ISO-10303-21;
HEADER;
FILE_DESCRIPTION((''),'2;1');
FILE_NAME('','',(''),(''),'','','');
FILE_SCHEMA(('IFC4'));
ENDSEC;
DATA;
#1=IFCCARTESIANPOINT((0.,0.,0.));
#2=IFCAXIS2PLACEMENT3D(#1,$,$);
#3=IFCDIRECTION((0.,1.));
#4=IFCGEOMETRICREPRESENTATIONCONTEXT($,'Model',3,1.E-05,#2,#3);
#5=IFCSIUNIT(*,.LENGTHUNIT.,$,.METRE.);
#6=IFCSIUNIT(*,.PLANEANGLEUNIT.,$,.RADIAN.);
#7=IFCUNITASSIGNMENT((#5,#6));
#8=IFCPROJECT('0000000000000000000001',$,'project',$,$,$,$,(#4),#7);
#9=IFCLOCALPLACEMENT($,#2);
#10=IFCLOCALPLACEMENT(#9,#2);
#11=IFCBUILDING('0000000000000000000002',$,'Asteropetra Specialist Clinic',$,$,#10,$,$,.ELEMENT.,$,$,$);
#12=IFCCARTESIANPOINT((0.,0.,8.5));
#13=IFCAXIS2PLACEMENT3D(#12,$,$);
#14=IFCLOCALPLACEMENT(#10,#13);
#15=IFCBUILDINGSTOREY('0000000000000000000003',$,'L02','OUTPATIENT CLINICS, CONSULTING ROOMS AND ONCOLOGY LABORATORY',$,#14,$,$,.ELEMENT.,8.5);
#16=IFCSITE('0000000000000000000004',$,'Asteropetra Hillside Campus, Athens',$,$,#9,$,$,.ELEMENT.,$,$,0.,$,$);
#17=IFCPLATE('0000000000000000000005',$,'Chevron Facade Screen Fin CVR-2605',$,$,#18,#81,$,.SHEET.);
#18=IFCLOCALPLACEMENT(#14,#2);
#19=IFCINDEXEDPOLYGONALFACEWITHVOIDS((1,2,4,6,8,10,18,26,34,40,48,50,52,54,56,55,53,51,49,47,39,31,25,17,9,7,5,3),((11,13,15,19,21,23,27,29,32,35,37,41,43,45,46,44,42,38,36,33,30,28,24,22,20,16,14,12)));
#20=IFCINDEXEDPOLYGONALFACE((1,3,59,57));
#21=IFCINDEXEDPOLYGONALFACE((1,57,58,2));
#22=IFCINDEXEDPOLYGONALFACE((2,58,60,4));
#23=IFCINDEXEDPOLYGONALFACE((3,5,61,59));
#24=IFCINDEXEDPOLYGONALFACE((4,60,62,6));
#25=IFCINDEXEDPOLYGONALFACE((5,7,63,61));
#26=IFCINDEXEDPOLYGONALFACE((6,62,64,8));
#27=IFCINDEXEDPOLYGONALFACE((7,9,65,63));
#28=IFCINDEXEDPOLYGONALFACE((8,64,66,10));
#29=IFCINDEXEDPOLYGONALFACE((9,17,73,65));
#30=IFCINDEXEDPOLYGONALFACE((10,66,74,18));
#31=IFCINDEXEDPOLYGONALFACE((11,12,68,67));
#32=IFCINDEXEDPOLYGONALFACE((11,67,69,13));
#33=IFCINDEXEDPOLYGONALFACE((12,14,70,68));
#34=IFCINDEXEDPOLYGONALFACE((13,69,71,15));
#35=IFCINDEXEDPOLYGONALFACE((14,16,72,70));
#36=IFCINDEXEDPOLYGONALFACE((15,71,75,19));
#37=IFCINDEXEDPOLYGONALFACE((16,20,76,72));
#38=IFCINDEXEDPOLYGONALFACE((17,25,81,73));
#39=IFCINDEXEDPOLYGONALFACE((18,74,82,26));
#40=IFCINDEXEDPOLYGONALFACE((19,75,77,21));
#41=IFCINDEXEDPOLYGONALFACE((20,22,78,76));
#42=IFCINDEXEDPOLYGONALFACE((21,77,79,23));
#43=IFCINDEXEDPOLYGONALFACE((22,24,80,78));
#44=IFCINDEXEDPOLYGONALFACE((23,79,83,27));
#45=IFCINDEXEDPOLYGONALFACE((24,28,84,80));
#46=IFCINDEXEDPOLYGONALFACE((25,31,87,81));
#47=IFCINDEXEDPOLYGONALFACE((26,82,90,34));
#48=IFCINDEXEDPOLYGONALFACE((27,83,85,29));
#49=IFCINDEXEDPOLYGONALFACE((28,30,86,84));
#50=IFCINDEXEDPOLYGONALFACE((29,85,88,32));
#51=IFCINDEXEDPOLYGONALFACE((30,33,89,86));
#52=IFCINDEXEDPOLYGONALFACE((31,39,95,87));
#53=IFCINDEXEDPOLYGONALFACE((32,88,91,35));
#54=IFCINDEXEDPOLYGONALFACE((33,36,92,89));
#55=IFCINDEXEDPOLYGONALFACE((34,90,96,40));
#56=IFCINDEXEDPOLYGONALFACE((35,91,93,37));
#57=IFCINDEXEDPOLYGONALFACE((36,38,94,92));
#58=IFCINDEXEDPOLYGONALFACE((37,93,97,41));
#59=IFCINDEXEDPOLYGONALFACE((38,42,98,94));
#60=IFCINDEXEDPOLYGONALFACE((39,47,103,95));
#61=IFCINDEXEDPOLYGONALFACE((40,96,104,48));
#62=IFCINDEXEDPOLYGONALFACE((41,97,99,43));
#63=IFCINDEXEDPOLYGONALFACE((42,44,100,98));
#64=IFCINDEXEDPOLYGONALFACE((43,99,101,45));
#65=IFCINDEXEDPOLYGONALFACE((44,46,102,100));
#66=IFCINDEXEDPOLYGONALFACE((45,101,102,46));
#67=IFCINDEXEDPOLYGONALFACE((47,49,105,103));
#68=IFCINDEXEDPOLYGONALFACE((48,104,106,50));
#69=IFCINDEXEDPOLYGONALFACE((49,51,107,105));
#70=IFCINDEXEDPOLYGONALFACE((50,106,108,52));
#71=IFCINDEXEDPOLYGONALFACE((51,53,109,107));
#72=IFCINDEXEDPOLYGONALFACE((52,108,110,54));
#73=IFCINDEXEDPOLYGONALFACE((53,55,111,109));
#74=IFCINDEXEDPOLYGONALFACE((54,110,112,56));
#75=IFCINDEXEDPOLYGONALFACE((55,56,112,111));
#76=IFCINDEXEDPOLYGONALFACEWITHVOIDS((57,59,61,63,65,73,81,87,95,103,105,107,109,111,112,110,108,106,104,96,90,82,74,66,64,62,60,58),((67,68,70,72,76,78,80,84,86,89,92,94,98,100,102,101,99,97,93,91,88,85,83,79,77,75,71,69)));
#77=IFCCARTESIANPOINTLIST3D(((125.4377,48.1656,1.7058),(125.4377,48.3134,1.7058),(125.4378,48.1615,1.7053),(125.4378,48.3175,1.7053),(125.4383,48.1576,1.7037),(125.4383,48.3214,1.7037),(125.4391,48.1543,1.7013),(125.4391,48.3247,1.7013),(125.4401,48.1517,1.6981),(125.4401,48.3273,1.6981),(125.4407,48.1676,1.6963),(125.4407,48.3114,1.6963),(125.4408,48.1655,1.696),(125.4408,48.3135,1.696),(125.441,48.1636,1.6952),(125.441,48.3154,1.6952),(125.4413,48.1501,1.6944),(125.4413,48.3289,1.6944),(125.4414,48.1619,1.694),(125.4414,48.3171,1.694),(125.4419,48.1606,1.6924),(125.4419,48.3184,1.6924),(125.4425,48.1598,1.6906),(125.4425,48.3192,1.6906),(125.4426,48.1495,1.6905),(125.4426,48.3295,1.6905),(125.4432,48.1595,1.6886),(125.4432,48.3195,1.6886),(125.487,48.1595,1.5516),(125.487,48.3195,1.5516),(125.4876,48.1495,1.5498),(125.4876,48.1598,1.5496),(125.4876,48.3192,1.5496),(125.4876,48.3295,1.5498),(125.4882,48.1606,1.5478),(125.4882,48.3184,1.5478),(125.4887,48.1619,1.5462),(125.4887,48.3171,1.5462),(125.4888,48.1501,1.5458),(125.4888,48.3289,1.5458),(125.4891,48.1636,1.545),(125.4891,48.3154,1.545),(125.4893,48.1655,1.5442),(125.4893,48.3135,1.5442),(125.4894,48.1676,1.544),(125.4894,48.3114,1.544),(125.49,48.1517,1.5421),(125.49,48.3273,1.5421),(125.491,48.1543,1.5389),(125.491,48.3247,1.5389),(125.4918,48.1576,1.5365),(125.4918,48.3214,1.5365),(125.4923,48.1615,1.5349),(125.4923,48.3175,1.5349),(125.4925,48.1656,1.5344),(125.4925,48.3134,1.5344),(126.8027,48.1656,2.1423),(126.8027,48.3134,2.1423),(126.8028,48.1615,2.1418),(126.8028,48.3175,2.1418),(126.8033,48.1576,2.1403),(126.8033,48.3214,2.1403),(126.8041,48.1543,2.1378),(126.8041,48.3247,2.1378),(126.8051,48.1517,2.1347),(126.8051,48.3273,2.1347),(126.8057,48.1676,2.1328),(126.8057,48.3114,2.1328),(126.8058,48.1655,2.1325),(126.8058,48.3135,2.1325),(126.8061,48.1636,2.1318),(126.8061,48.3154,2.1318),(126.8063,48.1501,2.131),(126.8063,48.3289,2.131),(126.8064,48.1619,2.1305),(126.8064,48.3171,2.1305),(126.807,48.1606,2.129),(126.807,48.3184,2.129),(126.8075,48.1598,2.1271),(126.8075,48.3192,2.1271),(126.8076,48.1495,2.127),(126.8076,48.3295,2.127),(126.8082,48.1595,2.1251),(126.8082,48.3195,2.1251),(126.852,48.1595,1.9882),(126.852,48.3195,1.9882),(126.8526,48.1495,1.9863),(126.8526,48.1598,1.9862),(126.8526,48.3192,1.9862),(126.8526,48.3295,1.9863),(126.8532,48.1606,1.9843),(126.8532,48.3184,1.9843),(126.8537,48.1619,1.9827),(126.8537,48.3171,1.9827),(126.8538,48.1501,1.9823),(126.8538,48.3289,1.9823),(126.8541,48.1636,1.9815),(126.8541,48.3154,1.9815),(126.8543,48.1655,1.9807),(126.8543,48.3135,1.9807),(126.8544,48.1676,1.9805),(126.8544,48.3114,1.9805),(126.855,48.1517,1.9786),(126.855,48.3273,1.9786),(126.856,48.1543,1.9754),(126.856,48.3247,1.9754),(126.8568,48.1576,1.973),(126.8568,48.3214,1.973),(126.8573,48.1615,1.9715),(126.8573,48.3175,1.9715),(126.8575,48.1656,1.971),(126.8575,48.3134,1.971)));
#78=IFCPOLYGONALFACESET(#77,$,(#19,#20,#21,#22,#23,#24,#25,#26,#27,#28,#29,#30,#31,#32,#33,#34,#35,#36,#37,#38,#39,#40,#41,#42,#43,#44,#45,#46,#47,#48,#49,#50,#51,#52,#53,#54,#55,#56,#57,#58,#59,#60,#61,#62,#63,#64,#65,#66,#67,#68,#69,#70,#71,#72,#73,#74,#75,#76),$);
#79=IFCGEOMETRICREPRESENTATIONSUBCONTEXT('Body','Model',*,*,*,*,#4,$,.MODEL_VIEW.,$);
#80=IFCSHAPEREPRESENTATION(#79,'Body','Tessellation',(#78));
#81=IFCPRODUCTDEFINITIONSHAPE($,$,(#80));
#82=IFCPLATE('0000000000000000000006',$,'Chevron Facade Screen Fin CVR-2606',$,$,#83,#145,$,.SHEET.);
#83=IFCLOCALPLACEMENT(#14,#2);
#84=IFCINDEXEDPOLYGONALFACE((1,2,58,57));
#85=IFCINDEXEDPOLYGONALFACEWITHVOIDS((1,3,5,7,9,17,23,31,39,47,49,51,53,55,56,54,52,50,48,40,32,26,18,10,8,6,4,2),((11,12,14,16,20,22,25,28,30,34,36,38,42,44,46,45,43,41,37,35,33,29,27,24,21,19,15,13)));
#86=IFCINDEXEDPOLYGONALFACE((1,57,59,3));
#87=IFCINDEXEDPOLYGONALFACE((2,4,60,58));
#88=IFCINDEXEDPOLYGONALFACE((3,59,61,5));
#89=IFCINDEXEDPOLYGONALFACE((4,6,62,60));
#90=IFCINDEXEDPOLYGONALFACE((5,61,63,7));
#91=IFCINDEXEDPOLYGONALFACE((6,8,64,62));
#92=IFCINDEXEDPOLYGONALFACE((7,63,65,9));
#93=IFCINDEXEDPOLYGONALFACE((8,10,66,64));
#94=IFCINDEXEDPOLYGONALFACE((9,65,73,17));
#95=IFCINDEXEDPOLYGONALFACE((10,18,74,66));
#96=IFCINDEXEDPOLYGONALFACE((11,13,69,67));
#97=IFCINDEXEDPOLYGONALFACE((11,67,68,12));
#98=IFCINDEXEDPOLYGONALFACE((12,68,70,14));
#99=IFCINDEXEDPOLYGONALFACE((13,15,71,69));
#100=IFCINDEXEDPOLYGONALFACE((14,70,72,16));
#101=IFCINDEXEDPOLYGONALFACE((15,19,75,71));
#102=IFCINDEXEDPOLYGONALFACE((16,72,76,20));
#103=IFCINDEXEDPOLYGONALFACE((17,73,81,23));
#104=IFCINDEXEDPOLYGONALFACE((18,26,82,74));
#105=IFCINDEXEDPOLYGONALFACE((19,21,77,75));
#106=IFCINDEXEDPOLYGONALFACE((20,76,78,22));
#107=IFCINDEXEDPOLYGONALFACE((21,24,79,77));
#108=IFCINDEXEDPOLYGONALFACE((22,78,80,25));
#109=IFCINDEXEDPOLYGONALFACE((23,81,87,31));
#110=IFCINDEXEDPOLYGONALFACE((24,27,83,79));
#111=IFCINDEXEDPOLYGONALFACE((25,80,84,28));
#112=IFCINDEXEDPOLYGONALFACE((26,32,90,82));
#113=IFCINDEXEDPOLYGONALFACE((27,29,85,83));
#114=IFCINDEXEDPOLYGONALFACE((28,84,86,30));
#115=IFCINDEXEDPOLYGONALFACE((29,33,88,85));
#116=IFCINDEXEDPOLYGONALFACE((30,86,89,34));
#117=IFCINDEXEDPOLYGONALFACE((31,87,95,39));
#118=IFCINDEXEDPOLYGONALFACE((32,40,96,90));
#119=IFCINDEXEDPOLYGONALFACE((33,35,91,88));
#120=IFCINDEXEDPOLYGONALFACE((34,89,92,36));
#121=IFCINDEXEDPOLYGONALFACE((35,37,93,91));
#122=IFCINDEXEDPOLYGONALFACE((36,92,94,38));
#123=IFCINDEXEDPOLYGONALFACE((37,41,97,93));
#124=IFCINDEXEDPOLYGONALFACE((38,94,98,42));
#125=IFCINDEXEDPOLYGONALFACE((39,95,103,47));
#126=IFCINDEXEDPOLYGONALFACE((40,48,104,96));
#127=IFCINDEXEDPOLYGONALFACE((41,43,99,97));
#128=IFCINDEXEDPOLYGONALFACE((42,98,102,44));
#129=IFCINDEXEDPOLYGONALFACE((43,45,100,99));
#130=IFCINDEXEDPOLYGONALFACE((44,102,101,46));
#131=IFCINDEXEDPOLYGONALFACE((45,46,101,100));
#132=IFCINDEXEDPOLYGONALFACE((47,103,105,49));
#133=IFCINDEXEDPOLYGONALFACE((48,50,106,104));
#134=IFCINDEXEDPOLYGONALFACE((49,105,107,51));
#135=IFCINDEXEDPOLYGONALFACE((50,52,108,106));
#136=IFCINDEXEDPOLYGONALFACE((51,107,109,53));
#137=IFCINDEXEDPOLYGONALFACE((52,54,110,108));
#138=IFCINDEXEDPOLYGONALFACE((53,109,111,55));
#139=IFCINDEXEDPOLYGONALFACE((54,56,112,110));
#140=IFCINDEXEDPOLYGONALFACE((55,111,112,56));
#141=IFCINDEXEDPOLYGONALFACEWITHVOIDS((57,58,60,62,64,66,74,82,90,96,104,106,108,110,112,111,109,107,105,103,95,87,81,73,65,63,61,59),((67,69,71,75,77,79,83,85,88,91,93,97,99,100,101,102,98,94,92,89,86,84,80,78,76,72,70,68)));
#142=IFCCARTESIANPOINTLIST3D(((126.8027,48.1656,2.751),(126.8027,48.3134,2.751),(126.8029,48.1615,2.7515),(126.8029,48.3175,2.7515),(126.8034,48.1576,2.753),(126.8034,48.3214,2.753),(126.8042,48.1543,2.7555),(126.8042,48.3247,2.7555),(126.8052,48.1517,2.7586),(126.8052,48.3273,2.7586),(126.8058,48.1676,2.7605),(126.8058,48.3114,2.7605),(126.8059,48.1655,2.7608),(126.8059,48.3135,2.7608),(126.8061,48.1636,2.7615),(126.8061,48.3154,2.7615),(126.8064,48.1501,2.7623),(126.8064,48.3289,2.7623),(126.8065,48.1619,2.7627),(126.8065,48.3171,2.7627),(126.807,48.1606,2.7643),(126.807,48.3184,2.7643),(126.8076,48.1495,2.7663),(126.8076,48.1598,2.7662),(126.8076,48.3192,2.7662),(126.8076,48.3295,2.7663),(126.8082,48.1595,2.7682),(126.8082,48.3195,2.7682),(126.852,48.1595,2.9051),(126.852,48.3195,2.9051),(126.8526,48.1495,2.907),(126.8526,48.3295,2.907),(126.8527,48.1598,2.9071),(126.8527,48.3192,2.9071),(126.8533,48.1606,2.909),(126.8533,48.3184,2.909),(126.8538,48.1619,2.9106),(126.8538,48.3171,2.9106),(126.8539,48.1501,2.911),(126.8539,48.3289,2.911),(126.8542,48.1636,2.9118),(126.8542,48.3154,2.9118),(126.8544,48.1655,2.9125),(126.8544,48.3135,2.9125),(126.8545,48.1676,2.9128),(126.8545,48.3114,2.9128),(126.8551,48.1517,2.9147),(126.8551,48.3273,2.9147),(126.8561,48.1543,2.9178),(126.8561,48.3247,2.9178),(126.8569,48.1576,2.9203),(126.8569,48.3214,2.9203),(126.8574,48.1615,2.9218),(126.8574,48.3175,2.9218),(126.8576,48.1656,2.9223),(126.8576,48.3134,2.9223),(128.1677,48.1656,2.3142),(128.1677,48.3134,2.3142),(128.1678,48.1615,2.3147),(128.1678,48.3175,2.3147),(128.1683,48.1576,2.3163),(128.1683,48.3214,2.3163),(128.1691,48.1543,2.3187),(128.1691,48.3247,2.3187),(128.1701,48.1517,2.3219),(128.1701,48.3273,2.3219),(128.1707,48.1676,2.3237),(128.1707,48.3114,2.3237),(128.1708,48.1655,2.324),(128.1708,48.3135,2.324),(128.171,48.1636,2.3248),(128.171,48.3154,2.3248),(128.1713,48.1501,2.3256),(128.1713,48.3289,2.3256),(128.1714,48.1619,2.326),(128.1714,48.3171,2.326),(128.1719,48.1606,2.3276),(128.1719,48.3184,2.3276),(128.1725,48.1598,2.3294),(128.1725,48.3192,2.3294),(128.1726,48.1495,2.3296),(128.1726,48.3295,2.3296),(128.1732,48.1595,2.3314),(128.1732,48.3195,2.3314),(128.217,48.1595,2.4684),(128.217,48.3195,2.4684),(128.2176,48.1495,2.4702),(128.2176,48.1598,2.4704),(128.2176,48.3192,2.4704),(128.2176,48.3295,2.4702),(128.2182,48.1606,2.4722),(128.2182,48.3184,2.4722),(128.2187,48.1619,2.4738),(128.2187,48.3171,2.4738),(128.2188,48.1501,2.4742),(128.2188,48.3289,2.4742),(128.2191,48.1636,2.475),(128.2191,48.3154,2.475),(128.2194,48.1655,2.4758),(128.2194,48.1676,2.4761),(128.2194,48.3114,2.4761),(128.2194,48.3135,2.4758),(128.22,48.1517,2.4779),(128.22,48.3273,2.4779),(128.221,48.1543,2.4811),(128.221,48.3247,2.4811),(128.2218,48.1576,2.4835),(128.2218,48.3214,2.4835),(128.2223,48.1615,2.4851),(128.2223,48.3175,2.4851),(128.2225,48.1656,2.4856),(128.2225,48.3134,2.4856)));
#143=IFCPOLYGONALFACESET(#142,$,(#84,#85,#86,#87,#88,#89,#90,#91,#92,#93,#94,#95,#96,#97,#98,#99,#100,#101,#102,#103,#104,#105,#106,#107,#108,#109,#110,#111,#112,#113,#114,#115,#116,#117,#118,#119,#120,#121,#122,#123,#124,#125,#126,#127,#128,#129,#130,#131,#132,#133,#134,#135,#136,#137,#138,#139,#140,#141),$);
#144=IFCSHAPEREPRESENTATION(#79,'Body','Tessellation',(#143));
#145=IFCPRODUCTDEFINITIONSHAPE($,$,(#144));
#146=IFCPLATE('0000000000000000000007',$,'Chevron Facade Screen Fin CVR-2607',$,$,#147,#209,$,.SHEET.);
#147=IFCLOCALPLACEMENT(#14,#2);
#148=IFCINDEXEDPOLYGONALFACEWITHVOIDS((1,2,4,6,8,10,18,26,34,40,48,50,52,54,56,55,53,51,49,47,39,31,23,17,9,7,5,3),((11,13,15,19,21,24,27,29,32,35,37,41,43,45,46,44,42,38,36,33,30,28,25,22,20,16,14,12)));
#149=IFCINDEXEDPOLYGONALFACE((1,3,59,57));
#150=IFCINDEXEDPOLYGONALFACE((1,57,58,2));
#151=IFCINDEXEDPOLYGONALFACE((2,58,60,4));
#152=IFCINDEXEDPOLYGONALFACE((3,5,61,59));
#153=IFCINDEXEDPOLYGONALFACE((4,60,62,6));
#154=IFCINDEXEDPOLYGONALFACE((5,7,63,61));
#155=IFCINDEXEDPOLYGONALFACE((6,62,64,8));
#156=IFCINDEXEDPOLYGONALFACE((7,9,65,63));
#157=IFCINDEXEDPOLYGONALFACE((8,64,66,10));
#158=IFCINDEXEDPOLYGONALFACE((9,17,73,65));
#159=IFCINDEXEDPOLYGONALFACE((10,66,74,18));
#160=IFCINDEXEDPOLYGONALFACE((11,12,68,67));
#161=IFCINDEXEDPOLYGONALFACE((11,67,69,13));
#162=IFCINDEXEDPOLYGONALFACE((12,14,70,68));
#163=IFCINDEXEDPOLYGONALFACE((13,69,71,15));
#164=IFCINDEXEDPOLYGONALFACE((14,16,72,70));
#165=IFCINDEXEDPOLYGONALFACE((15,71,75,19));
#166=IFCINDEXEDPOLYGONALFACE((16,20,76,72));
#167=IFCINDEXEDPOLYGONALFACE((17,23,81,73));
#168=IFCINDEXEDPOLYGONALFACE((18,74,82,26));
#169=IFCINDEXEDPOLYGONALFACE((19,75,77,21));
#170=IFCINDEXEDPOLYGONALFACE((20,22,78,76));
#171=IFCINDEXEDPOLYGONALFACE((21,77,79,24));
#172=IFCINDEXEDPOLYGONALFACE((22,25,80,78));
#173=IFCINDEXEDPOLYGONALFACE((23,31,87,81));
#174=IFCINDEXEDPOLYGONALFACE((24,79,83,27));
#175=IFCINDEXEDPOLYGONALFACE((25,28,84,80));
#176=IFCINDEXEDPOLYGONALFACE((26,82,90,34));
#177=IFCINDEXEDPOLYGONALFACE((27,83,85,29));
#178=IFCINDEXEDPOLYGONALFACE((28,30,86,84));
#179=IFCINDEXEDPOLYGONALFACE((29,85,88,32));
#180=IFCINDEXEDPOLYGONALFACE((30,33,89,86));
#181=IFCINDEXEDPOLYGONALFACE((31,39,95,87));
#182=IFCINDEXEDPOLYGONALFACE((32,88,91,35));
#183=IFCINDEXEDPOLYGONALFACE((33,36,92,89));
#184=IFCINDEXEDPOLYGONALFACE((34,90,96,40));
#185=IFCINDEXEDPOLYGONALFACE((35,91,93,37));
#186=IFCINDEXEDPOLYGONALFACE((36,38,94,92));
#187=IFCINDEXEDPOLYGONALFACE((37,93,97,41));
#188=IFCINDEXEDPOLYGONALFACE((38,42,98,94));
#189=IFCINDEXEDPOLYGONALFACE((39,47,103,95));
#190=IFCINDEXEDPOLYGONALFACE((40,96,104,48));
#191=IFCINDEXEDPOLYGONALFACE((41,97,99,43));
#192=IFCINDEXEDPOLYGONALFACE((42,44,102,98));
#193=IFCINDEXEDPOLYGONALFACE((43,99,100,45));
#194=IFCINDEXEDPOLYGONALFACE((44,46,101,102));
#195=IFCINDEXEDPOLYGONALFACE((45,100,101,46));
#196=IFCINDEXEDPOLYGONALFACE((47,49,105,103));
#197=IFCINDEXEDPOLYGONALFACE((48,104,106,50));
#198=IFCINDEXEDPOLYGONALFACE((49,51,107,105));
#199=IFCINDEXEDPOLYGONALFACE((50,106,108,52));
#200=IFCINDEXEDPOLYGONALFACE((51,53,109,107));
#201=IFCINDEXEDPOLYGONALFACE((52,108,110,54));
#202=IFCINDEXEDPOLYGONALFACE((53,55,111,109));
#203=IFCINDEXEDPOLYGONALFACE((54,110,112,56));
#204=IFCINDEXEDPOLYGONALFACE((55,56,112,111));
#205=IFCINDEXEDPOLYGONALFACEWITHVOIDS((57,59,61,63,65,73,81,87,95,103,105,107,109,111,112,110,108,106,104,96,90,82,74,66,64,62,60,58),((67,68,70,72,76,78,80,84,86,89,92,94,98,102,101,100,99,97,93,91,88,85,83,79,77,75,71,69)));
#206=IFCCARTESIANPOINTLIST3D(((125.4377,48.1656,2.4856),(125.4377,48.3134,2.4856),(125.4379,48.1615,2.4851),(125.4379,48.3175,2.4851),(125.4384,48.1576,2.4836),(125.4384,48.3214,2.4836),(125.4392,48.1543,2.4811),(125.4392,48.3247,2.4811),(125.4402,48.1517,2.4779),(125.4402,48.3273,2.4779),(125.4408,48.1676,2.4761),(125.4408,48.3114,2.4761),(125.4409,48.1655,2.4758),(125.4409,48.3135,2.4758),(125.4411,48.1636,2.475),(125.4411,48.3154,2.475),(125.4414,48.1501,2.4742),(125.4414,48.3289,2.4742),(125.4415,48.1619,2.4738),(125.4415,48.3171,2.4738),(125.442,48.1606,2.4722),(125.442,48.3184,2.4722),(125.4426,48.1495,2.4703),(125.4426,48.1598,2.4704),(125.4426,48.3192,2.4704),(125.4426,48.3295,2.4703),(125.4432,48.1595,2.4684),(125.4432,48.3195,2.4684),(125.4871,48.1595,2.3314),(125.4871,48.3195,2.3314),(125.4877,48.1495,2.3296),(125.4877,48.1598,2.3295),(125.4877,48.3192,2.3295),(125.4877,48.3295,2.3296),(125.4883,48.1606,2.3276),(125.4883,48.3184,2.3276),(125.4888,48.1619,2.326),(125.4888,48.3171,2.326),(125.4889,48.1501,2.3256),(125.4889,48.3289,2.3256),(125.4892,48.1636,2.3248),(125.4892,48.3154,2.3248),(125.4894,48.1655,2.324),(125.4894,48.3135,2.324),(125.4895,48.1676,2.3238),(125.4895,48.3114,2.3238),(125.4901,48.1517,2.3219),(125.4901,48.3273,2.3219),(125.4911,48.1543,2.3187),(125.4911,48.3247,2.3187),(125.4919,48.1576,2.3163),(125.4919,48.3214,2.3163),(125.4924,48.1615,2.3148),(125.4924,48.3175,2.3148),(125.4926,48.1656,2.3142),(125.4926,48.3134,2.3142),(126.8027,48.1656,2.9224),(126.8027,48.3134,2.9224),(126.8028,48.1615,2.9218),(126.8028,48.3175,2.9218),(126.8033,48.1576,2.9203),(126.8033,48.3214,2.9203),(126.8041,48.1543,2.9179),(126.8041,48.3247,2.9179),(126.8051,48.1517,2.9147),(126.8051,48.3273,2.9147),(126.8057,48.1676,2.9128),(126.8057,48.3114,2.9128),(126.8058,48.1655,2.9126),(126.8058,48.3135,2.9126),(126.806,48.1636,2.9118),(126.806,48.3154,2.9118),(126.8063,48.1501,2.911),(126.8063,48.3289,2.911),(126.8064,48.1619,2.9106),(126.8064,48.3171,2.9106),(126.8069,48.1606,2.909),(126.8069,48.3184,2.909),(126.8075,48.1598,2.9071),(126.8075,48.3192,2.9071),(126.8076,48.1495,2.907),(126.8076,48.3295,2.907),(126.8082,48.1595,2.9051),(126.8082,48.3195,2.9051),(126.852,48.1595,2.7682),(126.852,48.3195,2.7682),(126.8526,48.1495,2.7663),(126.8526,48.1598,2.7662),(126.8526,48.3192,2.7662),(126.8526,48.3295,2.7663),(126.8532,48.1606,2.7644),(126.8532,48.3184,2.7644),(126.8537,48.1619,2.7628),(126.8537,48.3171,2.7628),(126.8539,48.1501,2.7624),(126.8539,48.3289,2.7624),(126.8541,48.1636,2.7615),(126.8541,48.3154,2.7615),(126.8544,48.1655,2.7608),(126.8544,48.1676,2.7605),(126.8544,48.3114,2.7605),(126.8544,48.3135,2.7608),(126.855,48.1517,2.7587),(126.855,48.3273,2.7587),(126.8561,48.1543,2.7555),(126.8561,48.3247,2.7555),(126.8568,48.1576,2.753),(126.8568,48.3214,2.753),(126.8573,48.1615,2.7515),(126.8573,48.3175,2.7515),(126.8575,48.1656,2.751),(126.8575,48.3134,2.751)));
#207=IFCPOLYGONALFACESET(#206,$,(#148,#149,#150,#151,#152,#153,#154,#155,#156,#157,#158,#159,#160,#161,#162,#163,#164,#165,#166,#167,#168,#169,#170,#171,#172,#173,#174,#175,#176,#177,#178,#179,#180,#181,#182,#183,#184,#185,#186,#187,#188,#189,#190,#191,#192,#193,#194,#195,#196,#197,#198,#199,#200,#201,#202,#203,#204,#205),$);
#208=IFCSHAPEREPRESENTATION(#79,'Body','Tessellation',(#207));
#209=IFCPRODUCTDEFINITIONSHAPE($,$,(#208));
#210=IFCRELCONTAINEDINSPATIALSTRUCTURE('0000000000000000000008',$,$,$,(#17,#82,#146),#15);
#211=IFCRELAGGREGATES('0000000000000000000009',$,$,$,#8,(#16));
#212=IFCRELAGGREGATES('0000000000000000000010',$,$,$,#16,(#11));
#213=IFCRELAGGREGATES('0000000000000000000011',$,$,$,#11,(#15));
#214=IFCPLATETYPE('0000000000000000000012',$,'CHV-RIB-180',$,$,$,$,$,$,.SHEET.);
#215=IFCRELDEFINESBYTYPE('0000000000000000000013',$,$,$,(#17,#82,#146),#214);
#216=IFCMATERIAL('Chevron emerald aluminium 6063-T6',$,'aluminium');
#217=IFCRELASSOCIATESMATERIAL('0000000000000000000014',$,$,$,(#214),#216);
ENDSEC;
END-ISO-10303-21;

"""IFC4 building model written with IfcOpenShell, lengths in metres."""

from ifc_helpers import new_model, si_unit, direction, frame, origin, origin_2d, place, context, subcontext, project, spatial, hollow_rectangle, extrude, material, material_profile, profile_set, type_object, element, save


model = new_model("IFC4")

# Units and contexts
model_context = context("Model", 3, precision=1e-05, world=origin(), true_north=direction((0.0, 1.0)))
body_context = subcontext(model_context, "Body", "Model", "MODEL_VIEW")
ifc_project = project(units=[si_unit("LENGTHUNIT", "METRE"), si_unit("PLANEANGLEUNIT", "RADIAN")], contexts=[model_context])

# Site, building, storey
site_placement = place(None, origin())
site = spatial("IfcSite", under=ifc_project, at=site_placement, Name="Asteropetra Hillside Campus, Athens", CompositionType="ELEMENT", RefElevation=0.0)
building_placement = place(site_placement, origin())
building = spatial("IfcBuilding", under=site, at=building_placement, Name="Asteropetra Specialist Clinic", CompositionType="ELEMENT")
storey_placement = place(building_placement, frame((0.0, 0.0, 8.5)))
storey = spatial("IfcBuildingStorey", under=building, at=storey_placement, Name="L02", Description="OUTPATIENT CLINICS, CONSULTING ROOMS AND ONCOLOGY LABORATORY", CompositionType="ELEMENT", Elevation=8.5)

# Plates
ifc_material_1 = material(Name="Chevron emerald aluminium 6063-T6", Category="aluminium")
ifc_material_profile_1 = material_profile(ifc_material_1, hollow_rectangle(XDim=0.1799, YDim=0.1799, WallThickness=0.01, InnerFilletRadius=0.0081, OuterFilletRadius=0.0161, at=origin_2d()), Name="SHS 180x180x10.0")
ifc_profile_set_1 = profile_set([ifc_material_profile_1], Name="Chevron emerald aluminium 6063-T6")
plate_type = type_object("IfcPlateType", Name="CHV-RIB-180", PredefinedType="SHEET", material=ifc_profile_set_1)
for number, where, z_axis, x_axis, name in (
    (1, (126.8301, 48.2395, 2.0566), (-0.95248, 0.0, -0.304603), (0.0, -1.0, 0.0), "Chevron Facade Screen Fin CVR-2605"),
    (2, (128.1951, 48.2395, 2.3999), (-0.95243, 0.0, 0.304757), (0.0, -1.0, 0.0), "Chevron Facade Screen Fin CVR-2606"),
    (3, (126.8301, 48.2395, 2.8367), (-0.95243, 0.0, -0.304757), (0.0, -1.0, 0.0), "Chevron Facade Screen Fin CVR-2607"),
):
    element("IfcPlate", number, at=place(storey_placement, frame(where, z_axis=z_axis, x_axis=x_axis)), inside=storey, type_object=plate_type, Name=name, PredefinedType="SHEET", context=body_context, shape_type="SweptSolid", body=[
        extrude(hollow_rectangle(XDim=0.1799, YDim=0.1799, WallThickness=0.01, InnerFilletRadius=0.0081, OuterFilletRadius=0.0161, at=origin_2d()), origin(), (0.0, 0.0, 1.0), 1.4331),
    ])

save(model, "model.ifc")
